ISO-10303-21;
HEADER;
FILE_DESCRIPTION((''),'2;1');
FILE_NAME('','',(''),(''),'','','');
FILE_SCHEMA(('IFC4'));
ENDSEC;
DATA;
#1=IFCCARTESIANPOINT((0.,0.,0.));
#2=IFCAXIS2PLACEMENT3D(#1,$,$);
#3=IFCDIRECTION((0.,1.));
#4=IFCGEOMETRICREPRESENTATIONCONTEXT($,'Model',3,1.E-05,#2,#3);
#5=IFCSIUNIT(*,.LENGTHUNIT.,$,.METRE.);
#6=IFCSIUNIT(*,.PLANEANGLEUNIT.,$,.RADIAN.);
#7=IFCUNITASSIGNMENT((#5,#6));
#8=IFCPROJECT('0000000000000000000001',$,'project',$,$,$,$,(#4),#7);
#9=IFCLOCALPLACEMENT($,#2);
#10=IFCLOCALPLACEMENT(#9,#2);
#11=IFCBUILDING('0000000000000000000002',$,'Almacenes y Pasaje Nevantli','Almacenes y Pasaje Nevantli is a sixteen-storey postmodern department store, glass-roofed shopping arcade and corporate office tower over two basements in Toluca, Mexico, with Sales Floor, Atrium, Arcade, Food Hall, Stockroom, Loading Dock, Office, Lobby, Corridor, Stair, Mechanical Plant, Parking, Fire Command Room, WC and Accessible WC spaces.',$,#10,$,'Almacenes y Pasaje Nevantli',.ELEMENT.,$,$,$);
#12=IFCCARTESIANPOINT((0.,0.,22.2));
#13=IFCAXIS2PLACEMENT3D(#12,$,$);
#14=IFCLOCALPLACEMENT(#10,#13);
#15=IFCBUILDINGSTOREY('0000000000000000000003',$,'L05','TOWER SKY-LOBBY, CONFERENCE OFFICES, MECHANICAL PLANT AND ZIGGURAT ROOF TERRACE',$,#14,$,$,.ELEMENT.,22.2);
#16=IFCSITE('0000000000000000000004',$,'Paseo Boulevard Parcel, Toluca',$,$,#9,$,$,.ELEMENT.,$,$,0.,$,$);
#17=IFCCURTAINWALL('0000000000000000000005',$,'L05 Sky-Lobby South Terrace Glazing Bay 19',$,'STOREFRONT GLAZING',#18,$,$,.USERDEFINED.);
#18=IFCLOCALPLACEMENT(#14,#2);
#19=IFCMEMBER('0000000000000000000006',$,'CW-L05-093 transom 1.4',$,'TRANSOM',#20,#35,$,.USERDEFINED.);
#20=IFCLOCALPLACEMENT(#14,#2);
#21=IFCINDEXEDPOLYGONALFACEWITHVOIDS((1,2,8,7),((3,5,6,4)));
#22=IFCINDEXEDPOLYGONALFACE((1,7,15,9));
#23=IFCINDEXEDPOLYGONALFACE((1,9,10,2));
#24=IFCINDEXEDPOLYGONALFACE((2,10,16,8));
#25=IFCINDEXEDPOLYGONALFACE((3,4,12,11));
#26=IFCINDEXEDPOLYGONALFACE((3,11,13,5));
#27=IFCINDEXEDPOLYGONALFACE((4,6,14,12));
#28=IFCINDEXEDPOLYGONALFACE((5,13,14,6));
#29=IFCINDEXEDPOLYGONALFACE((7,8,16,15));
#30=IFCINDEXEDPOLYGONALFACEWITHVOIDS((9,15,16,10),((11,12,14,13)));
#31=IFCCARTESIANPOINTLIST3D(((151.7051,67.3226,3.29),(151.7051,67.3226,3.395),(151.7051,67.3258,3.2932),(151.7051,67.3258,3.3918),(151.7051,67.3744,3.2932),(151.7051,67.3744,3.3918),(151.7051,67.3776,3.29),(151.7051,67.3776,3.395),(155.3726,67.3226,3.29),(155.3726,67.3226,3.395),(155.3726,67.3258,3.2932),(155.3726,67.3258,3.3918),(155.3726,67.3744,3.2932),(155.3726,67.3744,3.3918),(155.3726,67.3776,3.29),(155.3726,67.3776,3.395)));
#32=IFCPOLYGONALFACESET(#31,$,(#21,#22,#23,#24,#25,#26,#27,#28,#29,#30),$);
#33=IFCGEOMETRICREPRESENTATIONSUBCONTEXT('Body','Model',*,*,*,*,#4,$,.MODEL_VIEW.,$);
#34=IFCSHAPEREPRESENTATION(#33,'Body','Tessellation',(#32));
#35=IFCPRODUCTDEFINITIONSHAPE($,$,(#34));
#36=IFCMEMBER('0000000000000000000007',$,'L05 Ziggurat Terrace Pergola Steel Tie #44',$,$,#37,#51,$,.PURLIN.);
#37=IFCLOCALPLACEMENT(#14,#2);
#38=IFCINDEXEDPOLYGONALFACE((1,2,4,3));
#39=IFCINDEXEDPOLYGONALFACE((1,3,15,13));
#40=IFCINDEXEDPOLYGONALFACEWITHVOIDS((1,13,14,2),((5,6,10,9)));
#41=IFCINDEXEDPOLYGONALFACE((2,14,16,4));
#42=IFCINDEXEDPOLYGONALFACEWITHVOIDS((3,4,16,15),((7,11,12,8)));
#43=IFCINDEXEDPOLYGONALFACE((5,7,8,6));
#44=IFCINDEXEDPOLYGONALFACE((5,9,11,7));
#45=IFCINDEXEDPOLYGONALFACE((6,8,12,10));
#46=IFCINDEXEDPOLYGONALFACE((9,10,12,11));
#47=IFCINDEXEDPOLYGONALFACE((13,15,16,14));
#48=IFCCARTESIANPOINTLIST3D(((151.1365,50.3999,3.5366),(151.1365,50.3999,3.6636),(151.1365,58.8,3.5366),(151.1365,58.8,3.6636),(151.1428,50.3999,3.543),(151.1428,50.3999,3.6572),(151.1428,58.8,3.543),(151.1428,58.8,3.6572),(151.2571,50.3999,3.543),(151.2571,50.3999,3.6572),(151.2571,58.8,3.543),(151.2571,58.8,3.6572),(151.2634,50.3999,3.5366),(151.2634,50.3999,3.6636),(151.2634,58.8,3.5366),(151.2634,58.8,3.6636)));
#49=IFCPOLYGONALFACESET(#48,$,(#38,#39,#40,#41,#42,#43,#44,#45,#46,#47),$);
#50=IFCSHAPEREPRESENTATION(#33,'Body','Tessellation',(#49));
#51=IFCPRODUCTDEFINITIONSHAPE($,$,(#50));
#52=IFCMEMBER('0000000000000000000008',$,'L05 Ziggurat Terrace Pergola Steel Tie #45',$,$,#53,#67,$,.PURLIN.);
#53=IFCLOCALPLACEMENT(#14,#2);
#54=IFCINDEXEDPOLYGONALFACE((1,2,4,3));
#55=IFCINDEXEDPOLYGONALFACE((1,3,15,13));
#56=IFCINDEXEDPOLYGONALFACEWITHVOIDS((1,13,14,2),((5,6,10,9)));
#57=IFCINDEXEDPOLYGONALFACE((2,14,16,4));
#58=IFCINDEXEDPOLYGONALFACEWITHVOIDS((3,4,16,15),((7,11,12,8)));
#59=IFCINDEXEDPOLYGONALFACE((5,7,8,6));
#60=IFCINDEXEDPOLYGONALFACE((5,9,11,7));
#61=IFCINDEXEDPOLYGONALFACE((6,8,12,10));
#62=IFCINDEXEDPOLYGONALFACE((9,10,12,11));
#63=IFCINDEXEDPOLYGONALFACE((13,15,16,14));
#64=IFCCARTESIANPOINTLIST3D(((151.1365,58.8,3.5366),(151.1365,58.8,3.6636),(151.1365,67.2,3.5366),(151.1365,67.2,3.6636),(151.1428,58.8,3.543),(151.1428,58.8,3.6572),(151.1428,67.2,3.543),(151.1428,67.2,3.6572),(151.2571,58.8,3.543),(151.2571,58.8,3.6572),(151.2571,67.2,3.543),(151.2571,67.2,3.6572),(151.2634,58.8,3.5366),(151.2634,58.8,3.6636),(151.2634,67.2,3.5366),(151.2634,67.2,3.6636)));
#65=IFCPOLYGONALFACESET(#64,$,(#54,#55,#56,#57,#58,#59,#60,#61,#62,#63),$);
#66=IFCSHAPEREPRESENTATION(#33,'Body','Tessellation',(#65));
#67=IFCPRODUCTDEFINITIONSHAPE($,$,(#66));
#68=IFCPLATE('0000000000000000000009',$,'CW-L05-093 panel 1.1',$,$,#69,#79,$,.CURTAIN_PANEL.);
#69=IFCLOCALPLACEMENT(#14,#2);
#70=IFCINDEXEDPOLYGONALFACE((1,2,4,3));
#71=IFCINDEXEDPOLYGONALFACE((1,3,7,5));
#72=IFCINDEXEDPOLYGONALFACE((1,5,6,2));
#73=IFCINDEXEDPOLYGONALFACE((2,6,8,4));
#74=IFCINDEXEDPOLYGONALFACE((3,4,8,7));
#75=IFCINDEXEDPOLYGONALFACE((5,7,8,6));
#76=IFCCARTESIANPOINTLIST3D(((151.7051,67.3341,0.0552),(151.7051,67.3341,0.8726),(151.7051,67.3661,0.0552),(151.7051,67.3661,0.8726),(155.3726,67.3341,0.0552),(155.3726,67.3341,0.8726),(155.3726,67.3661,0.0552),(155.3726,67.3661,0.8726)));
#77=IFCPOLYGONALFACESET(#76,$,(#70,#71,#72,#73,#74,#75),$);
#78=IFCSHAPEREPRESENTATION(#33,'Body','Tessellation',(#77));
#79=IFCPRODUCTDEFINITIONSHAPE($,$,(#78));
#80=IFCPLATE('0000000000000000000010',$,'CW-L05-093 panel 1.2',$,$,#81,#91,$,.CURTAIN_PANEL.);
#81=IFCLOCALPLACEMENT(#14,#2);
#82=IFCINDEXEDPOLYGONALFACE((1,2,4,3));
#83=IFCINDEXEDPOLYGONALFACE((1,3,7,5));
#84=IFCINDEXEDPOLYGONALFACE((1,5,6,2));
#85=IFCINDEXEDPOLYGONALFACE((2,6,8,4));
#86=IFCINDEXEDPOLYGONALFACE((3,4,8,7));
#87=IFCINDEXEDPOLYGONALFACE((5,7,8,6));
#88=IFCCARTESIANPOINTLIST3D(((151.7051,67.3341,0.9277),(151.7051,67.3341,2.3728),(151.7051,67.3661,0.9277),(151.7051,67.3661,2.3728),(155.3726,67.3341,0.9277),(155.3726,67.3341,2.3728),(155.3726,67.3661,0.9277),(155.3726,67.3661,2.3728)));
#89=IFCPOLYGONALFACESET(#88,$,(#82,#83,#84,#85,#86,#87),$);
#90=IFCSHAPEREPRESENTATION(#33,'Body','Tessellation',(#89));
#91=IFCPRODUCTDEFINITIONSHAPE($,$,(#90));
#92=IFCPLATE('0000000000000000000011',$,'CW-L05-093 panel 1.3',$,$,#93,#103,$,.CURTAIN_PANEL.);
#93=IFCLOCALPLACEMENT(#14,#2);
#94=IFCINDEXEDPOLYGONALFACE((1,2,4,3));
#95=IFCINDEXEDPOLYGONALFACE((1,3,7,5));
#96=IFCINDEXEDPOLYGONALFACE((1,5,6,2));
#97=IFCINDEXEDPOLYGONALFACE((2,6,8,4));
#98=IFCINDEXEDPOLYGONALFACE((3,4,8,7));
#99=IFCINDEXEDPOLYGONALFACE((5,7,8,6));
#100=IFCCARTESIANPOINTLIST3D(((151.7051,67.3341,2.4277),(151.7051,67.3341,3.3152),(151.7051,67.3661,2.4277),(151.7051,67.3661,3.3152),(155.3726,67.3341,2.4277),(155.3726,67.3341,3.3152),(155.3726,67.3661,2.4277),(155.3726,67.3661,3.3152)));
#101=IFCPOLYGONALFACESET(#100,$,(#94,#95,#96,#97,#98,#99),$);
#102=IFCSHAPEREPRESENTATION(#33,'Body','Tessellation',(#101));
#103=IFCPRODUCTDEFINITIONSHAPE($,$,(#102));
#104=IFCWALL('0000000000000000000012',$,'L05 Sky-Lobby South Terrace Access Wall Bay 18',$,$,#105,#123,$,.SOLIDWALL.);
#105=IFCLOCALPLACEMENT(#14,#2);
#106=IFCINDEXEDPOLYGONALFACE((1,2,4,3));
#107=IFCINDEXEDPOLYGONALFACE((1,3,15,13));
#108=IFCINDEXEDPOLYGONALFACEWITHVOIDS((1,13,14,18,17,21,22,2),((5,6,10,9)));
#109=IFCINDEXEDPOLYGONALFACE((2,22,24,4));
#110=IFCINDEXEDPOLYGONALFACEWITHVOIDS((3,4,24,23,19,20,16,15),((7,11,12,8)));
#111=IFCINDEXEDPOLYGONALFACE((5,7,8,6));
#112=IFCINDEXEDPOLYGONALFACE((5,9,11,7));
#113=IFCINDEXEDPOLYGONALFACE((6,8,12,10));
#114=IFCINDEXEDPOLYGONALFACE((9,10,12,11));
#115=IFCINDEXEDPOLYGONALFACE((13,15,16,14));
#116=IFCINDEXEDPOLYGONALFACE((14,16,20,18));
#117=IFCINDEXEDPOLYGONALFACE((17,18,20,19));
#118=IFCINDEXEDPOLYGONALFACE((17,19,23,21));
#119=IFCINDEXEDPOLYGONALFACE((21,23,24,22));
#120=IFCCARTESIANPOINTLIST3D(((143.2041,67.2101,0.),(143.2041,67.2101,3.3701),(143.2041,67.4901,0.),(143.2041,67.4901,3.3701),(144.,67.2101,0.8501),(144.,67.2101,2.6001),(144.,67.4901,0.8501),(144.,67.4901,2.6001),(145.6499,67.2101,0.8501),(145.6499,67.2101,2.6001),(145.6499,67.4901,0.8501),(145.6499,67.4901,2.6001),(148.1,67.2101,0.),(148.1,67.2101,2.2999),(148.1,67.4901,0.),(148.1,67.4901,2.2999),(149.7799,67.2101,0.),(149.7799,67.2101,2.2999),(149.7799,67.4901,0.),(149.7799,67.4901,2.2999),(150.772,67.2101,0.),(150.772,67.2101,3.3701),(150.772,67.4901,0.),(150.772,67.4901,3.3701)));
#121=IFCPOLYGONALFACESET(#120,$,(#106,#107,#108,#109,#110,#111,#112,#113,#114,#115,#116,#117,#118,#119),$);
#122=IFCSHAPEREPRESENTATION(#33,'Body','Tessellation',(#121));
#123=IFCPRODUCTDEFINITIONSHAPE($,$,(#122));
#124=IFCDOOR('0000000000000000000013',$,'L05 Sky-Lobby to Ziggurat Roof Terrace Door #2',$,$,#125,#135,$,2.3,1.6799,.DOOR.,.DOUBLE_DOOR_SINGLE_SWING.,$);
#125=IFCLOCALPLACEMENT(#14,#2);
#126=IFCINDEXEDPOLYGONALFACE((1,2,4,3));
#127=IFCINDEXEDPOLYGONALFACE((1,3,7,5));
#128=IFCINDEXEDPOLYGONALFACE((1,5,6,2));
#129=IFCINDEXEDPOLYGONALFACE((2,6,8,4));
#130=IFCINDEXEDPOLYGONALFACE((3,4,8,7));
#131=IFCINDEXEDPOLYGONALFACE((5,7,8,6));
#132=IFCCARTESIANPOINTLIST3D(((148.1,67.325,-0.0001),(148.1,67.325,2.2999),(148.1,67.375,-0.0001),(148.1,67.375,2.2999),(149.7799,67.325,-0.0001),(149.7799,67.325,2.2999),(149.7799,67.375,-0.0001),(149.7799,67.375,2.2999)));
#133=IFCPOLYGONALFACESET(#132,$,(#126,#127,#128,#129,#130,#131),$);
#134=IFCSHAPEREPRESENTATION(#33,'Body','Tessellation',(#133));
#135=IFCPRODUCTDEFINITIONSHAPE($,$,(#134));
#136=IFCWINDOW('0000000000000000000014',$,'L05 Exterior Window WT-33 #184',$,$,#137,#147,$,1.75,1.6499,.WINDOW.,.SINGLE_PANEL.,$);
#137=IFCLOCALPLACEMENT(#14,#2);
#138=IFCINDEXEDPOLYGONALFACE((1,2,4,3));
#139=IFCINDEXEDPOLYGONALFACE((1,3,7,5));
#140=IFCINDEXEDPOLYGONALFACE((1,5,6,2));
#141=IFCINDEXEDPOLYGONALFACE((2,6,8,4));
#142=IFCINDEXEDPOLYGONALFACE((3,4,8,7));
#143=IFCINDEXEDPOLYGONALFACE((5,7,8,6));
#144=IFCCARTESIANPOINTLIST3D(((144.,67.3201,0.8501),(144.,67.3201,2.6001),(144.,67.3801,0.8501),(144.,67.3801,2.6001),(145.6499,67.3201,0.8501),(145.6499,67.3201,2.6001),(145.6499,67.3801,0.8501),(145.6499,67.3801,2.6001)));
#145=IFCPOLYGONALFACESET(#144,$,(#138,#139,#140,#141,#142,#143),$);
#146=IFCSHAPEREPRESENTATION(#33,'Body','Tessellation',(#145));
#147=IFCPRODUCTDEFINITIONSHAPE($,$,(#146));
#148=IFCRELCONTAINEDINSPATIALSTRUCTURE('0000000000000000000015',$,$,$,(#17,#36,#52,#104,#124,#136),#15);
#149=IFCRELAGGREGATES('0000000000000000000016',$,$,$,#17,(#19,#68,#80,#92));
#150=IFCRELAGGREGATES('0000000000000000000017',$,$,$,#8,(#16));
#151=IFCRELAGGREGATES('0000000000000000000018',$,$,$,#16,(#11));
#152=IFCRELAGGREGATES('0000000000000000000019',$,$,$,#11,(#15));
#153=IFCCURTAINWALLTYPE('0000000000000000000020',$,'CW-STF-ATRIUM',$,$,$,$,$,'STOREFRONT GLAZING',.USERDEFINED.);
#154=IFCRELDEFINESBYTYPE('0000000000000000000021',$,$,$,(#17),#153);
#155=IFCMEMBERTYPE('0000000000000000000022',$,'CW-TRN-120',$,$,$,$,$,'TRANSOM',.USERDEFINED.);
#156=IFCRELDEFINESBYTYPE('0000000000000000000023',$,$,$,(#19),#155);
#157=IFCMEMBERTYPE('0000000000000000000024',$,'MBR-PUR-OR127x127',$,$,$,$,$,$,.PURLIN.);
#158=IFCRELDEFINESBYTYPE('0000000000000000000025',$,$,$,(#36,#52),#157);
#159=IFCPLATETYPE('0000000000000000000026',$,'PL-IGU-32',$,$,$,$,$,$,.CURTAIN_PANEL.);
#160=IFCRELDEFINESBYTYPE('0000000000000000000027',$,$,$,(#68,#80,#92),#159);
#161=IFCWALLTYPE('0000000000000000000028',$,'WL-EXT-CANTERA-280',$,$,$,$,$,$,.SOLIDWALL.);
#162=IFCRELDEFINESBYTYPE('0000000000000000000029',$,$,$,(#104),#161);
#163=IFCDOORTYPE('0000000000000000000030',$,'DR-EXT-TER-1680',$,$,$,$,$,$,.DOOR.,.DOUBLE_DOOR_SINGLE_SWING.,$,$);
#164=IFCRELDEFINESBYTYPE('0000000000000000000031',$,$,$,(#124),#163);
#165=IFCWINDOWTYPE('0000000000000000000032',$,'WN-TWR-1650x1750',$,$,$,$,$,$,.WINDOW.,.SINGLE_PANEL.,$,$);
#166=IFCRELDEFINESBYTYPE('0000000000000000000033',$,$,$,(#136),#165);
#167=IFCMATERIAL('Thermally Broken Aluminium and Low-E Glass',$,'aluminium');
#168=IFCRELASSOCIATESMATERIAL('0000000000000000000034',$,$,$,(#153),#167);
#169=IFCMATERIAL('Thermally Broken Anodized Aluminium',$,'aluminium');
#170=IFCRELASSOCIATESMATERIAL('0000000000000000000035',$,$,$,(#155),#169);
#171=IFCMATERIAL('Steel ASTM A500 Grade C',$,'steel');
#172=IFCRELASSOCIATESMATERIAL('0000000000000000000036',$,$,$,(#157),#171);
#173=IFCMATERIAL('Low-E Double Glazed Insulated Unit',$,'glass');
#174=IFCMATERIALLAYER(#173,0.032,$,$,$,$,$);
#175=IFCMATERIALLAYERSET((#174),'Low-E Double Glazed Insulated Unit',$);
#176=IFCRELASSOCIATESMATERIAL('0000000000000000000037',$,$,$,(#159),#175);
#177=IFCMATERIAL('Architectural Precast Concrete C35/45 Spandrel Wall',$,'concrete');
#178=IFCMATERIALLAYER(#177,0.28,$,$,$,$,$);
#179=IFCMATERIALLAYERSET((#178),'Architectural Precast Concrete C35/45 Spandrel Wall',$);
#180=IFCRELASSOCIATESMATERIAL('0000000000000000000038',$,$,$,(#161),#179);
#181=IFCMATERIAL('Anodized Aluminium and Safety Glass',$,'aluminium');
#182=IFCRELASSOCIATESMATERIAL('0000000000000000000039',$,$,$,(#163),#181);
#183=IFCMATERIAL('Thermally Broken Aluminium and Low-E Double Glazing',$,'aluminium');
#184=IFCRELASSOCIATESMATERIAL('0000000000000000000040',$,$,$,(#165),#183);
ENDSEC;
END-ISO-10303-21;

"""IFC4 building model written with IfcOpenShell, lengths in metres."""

from ifc_helpers import new_model, si_unit, direction, frame, frame_2d, origin, origin_2d, place, context, subcontext, project, spatial, rectangle, hollow_rectangle, extrude, material, layer, layer_set, material_profile, profile_set, type_object, element, fill, aggregate, save


model = new_model("IFC4")

# Units and contexts
model_context = context("Model", 3, precision=1e-05, world=origin(), true_north=direction((0.0, 1.0)))
body_context = subcontext(model_context, "Body", "Model", "MODEL_VIEW")
ifc_project = project(units=[si_unit("LENGTHUNIT", "METRE"), si_unit("PLANEANGLEUNIT", "RADIAN")], contexts=[model_context])

# Site, building, storey
site_placement = place(None, origin())
site = spatial("IfcSite", under=ifc_project, at=site_placement, Name="Paseo Boulevard Parcel, Toluca", CompositionType="ELEMENT", RefElevation=0.0)
building_placement = place(site_placement, origin())
building = spatial("IfcBuilding", under=site, at=building_placement, Name="Almacenes y Pasaje Nevantli", Description="Almacenes y Pasaje Nevantli is a sixteen-storey postmodern department store, glass-roofed shopping arcade and corporate office tower over two basements in Toluca, Mexico, with Sales Floor, Atrium, Arcade, Food Hall, Stockroom, Loading Dock, Office, Lobby, Corridor, Stair, Mechanical Plant, Parking, Fire Command Room, WC and Accessible WC spaces.", LongName="Almacenes y Pasaje Nevantli", CompositionType="ELEMENT")
storey_placement = place(building_placement, frame((0.0, 0.0, 22.2)))
storey = spatial("IfcBuildingStorey", under=building, at=storey_placement, Name="L05", Description="TOWER SKY-LOBBY, CONFERENCE OFFICES, MECHANICAL PLANT AND ZIGGURAT ROOF TERRACE", CompositionType="ELEMENT", Elevation=22.2)

# Curtain wall, member
ifc_material_1 = material(Name="Thermally Broken Aluminium and Low-E Glass", Category="aluminium")
curtain_wall_type = type_object("IfcCurtainWallType", Name="CW-STF-ATRIUM", ElementType="STOREFRONT GLAZING", PredefinedType="USERDEFINED", material=ifc_material_1)
curtain_wall_placement = place(storey_placement, origin())
curtain_wall = element("IfcCurtainWall", 1, at=curtain_wall_placement, inside=storey, type_object=curtain_wall_type, Name="L05 Sky-Lobby South Terrace Glazing Bay 19", ObjectType="STOREFRONT GLAZING", PredefinedType="USERDEFINED")
ifc_material_2 = material(Name="Thermally Broken Anodized Aluminium", Category="aluminium")
ifc_material_profile_1 = material_profile(ifc_material_2, hollow_rectangle(XDim=0.0549, YDim=0.105, WallThickness=0.0032, at=origin_2d()), Name="ALU-TRN-55x105")
ifc_profile_set_1 = profile_set([ifc_material_profile_1], Name="Thermally Broken Anodized Aluminium")
member_type_1 = type_object("IfcMemberType", Name="CW-TRN-120", ElementType="TRANSOM", PredefinedType="USERDEFINED", material=ifc_profile_set_1)
member_1_placement = place(storey_placement, frame((151.7051, 67.3501, 3.3425), z_axis=(1.0, 0.0, 0.0), x_axis=(0.0, 1.0, 0.0)))
member_1 = element("IfcMember", 2, at=member_1_placement, type_object=member_type_1, Name="CW-L05-093 transom 1.4", ObjectType="TRANSOM", PredefinedType="USERDEFINED", context=body_context, shape_type="SweptSolid", body=[
    extrude(hollow_rectangle(XDim=0.0549, YDim=0.105, WallThickness=0.0032, at=origin_2d()), origin(), (0.0, 0.0, 1.0), 3.6675),
])

# Members
ifc_material_3 = material(Name="Steel ASTM A500 Grade C", Category="steel")
ifc_material_profile_2 = material_profile(ifc_material_3, hollow_rectangle(XDim=0.127, YDim=0.127, WallThickness=0.0063, at=origin_2d()), Name="OR 127x127x6.4")
ifc_profile_set_2 = profile_set([ifc_material_profile_2], Name="Steel ASTM A500 Grade C")
member_type_2 = type_object("IfcMemberType", Name="MBR-PUR-OR127x127", PredefinedType="PURLIN", material=ifc_profile_set_2)
member_2_placement = place(storey_placement, frame((151.2, 50.3999, 3.6001), z_axis=(0.0, 1.0, 0.0), x_axis=(-1.0, 0.0, 0.0)))
element("IfcMember", 3, at=member_2_placement, inside=storey, type_object=member_type_2, Name="L05 Ziggurat Terrace Pergola Steel Tie #44", PredefinedType="PURLIN", context=body_context, shape_type="SweptSolid", body=[
    extrude(hollow_rectangle(XDim=0.127, YDim=0.127, WallThickness=0.0063, at=origin_2d()), origin(), (0.0, 0.0, 1.0), 8.4001),
])
member_3_placement = place(storey_placement, frame((151.2, 58.8, 3.6001), z_axis=(0.0, 1.0, 0.0), x_axis=(-1.0, 0.0, 0.0)))
element("IfcMember", 4, at=member_3_placement, inside=storey, type_object=member_type_2, Name="L05 Ziggurat Terrace Pergola Steel Tie #45", PredefinedType="PURLIN", context=body_context, shape_type="SweptSolid", body=[
    extrude(hollow_rectangle(XDim=0.127, YDim=0.127, WallThickness=0.0063, at=origin_2d()), origin(), (0.0, 0.0, 1.0), 8.3999),
])

# Plates
ifc_material_4 = material(Name="Low-E Double Glazed Insulated Unit", Category="glass")
ifc_layer_1 = layer(ifc_material_4, 0.032)
ifc_layer_set_1 = layer_set([ifc_layer_1], Name="Low-E Double Glazed Insulated Unit")
plate_type = type_object("IfcPlateType", Name="PL-IGU-32", PredefinedType="CURTAIN_PANEL", material=ifc_layer_set_1)
plate_1_placement = place(storey_placement, frame((153.5388, 67.3501, 0.0552), z_axis=(0.0, 0.0, 1.0), x_axis=(1.0, 0.0, 0.0)))
plate_1 = element("IfcPlate", 5, at=plate_1_placement, type_object=plate_type, Name="CW-L05-093 panel 1.1", PredefinedType="CURTAIN_PANEL", context=body_context, shape_type="SweptSolid", body=[
    extrude(rectangle(XDim=3.6675, YDim=0.032, at=origin_2d()), origin(), (0.0, 0.0, 1.0), 0.8174),
])
plate_2_placement = place(storey_placement, frame((153.5388, 67.3501, 0.9277), z_axis=(0.0, 0.0, 1.0), x_axis=(1.0, 0.0, 0.0)))
plate_2 = element("IfcPlate", 6, at=plate_2_placement, type_object=plate_type, Name="CW-L05-093 panel 1.2", PredefinedType="CURTAIN_PANEL", context=body_context, shape_type="SweptSolid", body=[
    extrude(rectangle(XDim=3.6675, YDim=0.032, at=origin_2d()), origin(), (0.0, 0.0, 1.0), 1.4451),
])
plate_3_placement = place(storey_placement, frame((153.5388, 67.3501, 2.4277), z_axis=(0.0, 0.0, 1.0), x_axis=(1.0, 0.0, 0.0)))
plate_3 = element("IfcPlate", 7, at=plate_3_placement, type_object=plate_type, Name="CW-L05-093 panel 1.3", PredefinedType="CURTAIN_PANEL", context=body_context, shape_type="SweptSolid", body=[
    extrude(rectangle(XDim=3.6675, YDim=0.032, at=origin_2d()), origin(), (0.0, 0.0, 1.0), 0.8875),
])
aggregate(curtain_wall, [member_1, plate_1, plate_2, plate_3])

# Wall, openings, door, window
ifc_material_5 = material(Name="Architectural Precast Concrete C35/45 Spandrel Wall", Category="concrete")
ifc_layer_2 = layer(ifc_material_5, 0.28)
ifc_layer_set_2 = layer_set([ifc_layer_2], Name="Architectural Precast Concrete C35/45 Spandrel Wall")
wall_type_1 = type_object("IfcWallType", Name="WL-EXT-CANTERA-280", PredefinedType="SOLIDWALL", material=ifc_layer_set_2)
wall_1_placement = place(storey_placement, frame((143.2041, 67.3501, 0.0), z_axis=(0.0, 0.0, 1.0), x_axis=(1.0, 0.0, 0.0)))
wall_1 = element("IfcWall", 8, at=wall_1_placement, inside=storey, type_object=wall_type_1, Name="L05 Sky-Lobby South Terrace Access Wall Bay 18", PredefinedType="SOLIDWALL", context=body_context, shape_type="SweptSolid", body=[
    extrude(rectangle(XDim=7.5679, YDim=0.28, at=frame_2d((3.7839, 0.0))), origin(), (0.0, 0.0, 1.0), 3.3701),
])
opening_1_placement = place(wall_1_placement, frame((0.7959, 0.0, 0.8501)))
opening_1 = element("IfcOpeningElement", 9, at=opening_1_placement, cuts=wall_1, PredefinedType="OPENING", context=body_context, shape_type="SweptSolid", body=[
    extrude(rectangle(XDim=1.6499, YDim=1.75, at=frame_2d((0.825, 0.875))), frame((0.0, 0.1499, 0.0), z_axis=(0.0, -1.0, 0.0), x_axis=(1.0, 0.0, 0.0)), (0.0, 0.0, 1.0), 0.3),
])
opening_2_placement = place(wall_1_placement, frame((4.896, 0.0, 0.0)))
opening_2 = element("IfcOpeningElement", 10, at=opening_2_placement, cuts=wall_1, PredefinedType="OPENING", context=body_context, shape_type="SweptSolid", body=[
    extrude(rectangle(XDim=1.6799, YDim=2.3, at=frame_2d((0.8398, 1.1499))), frame((0.0, 0.1499, 0.0), z_axis=(0.0, -1.0, 0.0), x_axis=(1.0, 0.0, 0.0)), (0.0, 0.0, 1.0), 0.3),
])
ifc_material_6 = material(Name="Anodized Aluminium and Safety Glass", Category="aluminium")
door_type_1 = type_object("IfcDoorType", Name="DR-EXT-TER-1680", OperationType="DOUBLE_DOOR_SINGLE_SWING", PredefinedType="DOOR", material=ifc_material_6)
door_1_placement = place(opening_2_placement, origin())
door_1 = element("IfcDoor", 11, at=door_1_placement, inside=storey, type_object=door_type_1, Name="L05 Sky-Lobby to Ziggurat Roof Terrace Door #2", OperationType="DOUBLE_DOOR_SINGLE_SWING", OverallHeight=2.3, OverallWidth=1.6799, PredefinedType="DOOR", context=body_context, shape_type="SweptSolid", body=[
    extrude(rectangle(XDim=1.6799, YDim=2.3, at=frame_2d((0.8398, 1.1499))), frame((0.0, 0.0249, 0.0), z_axis=(0.0, -1.0, 0.0), x_axis=(1.0, 0.0, 0.0)), (0.0, 0.0, 1.0), 0.05),
])
fill(opening_2, door_1)
ifc_material_7 = material(Name="Thermally Broken Aluminium and Low-E Double Glazing", Category="aluminium")
window_type = type_object("IfcWindowType", Name="WN-TWR-1650x1750", PartitioningType="SINGLE_PANEL", PredefinedType="WINDOW", material=ifc_material_7)
window_placement = place(opening_1_placement, origin())
window = element("IfcWindow", 12, at=window_placement, inside=storey, type_object=window_type, Name="L05 Exterior Window WT-33 #184", OverallHeight=1.75, OverallWidth=1.6499, PartitioningType="SINGLE_PANEL", PredefinedType="WINDOW", context=body_context, shape_type="SweptSolid", body=[
    extrude(rectangle(XDim=1.6499, YDim=1.75, at=frame_2d((0.825, 0.875))), frame((0.0, 0.03, 0.0), z_axis=(0.0, -1.0, 0.0), x_axis=(1.0, 0.0, 0.0)), (0.0, 0.0, 1.0), 0.0601),
])
fill(opening_1, window)

save(model, "model.ifc")
